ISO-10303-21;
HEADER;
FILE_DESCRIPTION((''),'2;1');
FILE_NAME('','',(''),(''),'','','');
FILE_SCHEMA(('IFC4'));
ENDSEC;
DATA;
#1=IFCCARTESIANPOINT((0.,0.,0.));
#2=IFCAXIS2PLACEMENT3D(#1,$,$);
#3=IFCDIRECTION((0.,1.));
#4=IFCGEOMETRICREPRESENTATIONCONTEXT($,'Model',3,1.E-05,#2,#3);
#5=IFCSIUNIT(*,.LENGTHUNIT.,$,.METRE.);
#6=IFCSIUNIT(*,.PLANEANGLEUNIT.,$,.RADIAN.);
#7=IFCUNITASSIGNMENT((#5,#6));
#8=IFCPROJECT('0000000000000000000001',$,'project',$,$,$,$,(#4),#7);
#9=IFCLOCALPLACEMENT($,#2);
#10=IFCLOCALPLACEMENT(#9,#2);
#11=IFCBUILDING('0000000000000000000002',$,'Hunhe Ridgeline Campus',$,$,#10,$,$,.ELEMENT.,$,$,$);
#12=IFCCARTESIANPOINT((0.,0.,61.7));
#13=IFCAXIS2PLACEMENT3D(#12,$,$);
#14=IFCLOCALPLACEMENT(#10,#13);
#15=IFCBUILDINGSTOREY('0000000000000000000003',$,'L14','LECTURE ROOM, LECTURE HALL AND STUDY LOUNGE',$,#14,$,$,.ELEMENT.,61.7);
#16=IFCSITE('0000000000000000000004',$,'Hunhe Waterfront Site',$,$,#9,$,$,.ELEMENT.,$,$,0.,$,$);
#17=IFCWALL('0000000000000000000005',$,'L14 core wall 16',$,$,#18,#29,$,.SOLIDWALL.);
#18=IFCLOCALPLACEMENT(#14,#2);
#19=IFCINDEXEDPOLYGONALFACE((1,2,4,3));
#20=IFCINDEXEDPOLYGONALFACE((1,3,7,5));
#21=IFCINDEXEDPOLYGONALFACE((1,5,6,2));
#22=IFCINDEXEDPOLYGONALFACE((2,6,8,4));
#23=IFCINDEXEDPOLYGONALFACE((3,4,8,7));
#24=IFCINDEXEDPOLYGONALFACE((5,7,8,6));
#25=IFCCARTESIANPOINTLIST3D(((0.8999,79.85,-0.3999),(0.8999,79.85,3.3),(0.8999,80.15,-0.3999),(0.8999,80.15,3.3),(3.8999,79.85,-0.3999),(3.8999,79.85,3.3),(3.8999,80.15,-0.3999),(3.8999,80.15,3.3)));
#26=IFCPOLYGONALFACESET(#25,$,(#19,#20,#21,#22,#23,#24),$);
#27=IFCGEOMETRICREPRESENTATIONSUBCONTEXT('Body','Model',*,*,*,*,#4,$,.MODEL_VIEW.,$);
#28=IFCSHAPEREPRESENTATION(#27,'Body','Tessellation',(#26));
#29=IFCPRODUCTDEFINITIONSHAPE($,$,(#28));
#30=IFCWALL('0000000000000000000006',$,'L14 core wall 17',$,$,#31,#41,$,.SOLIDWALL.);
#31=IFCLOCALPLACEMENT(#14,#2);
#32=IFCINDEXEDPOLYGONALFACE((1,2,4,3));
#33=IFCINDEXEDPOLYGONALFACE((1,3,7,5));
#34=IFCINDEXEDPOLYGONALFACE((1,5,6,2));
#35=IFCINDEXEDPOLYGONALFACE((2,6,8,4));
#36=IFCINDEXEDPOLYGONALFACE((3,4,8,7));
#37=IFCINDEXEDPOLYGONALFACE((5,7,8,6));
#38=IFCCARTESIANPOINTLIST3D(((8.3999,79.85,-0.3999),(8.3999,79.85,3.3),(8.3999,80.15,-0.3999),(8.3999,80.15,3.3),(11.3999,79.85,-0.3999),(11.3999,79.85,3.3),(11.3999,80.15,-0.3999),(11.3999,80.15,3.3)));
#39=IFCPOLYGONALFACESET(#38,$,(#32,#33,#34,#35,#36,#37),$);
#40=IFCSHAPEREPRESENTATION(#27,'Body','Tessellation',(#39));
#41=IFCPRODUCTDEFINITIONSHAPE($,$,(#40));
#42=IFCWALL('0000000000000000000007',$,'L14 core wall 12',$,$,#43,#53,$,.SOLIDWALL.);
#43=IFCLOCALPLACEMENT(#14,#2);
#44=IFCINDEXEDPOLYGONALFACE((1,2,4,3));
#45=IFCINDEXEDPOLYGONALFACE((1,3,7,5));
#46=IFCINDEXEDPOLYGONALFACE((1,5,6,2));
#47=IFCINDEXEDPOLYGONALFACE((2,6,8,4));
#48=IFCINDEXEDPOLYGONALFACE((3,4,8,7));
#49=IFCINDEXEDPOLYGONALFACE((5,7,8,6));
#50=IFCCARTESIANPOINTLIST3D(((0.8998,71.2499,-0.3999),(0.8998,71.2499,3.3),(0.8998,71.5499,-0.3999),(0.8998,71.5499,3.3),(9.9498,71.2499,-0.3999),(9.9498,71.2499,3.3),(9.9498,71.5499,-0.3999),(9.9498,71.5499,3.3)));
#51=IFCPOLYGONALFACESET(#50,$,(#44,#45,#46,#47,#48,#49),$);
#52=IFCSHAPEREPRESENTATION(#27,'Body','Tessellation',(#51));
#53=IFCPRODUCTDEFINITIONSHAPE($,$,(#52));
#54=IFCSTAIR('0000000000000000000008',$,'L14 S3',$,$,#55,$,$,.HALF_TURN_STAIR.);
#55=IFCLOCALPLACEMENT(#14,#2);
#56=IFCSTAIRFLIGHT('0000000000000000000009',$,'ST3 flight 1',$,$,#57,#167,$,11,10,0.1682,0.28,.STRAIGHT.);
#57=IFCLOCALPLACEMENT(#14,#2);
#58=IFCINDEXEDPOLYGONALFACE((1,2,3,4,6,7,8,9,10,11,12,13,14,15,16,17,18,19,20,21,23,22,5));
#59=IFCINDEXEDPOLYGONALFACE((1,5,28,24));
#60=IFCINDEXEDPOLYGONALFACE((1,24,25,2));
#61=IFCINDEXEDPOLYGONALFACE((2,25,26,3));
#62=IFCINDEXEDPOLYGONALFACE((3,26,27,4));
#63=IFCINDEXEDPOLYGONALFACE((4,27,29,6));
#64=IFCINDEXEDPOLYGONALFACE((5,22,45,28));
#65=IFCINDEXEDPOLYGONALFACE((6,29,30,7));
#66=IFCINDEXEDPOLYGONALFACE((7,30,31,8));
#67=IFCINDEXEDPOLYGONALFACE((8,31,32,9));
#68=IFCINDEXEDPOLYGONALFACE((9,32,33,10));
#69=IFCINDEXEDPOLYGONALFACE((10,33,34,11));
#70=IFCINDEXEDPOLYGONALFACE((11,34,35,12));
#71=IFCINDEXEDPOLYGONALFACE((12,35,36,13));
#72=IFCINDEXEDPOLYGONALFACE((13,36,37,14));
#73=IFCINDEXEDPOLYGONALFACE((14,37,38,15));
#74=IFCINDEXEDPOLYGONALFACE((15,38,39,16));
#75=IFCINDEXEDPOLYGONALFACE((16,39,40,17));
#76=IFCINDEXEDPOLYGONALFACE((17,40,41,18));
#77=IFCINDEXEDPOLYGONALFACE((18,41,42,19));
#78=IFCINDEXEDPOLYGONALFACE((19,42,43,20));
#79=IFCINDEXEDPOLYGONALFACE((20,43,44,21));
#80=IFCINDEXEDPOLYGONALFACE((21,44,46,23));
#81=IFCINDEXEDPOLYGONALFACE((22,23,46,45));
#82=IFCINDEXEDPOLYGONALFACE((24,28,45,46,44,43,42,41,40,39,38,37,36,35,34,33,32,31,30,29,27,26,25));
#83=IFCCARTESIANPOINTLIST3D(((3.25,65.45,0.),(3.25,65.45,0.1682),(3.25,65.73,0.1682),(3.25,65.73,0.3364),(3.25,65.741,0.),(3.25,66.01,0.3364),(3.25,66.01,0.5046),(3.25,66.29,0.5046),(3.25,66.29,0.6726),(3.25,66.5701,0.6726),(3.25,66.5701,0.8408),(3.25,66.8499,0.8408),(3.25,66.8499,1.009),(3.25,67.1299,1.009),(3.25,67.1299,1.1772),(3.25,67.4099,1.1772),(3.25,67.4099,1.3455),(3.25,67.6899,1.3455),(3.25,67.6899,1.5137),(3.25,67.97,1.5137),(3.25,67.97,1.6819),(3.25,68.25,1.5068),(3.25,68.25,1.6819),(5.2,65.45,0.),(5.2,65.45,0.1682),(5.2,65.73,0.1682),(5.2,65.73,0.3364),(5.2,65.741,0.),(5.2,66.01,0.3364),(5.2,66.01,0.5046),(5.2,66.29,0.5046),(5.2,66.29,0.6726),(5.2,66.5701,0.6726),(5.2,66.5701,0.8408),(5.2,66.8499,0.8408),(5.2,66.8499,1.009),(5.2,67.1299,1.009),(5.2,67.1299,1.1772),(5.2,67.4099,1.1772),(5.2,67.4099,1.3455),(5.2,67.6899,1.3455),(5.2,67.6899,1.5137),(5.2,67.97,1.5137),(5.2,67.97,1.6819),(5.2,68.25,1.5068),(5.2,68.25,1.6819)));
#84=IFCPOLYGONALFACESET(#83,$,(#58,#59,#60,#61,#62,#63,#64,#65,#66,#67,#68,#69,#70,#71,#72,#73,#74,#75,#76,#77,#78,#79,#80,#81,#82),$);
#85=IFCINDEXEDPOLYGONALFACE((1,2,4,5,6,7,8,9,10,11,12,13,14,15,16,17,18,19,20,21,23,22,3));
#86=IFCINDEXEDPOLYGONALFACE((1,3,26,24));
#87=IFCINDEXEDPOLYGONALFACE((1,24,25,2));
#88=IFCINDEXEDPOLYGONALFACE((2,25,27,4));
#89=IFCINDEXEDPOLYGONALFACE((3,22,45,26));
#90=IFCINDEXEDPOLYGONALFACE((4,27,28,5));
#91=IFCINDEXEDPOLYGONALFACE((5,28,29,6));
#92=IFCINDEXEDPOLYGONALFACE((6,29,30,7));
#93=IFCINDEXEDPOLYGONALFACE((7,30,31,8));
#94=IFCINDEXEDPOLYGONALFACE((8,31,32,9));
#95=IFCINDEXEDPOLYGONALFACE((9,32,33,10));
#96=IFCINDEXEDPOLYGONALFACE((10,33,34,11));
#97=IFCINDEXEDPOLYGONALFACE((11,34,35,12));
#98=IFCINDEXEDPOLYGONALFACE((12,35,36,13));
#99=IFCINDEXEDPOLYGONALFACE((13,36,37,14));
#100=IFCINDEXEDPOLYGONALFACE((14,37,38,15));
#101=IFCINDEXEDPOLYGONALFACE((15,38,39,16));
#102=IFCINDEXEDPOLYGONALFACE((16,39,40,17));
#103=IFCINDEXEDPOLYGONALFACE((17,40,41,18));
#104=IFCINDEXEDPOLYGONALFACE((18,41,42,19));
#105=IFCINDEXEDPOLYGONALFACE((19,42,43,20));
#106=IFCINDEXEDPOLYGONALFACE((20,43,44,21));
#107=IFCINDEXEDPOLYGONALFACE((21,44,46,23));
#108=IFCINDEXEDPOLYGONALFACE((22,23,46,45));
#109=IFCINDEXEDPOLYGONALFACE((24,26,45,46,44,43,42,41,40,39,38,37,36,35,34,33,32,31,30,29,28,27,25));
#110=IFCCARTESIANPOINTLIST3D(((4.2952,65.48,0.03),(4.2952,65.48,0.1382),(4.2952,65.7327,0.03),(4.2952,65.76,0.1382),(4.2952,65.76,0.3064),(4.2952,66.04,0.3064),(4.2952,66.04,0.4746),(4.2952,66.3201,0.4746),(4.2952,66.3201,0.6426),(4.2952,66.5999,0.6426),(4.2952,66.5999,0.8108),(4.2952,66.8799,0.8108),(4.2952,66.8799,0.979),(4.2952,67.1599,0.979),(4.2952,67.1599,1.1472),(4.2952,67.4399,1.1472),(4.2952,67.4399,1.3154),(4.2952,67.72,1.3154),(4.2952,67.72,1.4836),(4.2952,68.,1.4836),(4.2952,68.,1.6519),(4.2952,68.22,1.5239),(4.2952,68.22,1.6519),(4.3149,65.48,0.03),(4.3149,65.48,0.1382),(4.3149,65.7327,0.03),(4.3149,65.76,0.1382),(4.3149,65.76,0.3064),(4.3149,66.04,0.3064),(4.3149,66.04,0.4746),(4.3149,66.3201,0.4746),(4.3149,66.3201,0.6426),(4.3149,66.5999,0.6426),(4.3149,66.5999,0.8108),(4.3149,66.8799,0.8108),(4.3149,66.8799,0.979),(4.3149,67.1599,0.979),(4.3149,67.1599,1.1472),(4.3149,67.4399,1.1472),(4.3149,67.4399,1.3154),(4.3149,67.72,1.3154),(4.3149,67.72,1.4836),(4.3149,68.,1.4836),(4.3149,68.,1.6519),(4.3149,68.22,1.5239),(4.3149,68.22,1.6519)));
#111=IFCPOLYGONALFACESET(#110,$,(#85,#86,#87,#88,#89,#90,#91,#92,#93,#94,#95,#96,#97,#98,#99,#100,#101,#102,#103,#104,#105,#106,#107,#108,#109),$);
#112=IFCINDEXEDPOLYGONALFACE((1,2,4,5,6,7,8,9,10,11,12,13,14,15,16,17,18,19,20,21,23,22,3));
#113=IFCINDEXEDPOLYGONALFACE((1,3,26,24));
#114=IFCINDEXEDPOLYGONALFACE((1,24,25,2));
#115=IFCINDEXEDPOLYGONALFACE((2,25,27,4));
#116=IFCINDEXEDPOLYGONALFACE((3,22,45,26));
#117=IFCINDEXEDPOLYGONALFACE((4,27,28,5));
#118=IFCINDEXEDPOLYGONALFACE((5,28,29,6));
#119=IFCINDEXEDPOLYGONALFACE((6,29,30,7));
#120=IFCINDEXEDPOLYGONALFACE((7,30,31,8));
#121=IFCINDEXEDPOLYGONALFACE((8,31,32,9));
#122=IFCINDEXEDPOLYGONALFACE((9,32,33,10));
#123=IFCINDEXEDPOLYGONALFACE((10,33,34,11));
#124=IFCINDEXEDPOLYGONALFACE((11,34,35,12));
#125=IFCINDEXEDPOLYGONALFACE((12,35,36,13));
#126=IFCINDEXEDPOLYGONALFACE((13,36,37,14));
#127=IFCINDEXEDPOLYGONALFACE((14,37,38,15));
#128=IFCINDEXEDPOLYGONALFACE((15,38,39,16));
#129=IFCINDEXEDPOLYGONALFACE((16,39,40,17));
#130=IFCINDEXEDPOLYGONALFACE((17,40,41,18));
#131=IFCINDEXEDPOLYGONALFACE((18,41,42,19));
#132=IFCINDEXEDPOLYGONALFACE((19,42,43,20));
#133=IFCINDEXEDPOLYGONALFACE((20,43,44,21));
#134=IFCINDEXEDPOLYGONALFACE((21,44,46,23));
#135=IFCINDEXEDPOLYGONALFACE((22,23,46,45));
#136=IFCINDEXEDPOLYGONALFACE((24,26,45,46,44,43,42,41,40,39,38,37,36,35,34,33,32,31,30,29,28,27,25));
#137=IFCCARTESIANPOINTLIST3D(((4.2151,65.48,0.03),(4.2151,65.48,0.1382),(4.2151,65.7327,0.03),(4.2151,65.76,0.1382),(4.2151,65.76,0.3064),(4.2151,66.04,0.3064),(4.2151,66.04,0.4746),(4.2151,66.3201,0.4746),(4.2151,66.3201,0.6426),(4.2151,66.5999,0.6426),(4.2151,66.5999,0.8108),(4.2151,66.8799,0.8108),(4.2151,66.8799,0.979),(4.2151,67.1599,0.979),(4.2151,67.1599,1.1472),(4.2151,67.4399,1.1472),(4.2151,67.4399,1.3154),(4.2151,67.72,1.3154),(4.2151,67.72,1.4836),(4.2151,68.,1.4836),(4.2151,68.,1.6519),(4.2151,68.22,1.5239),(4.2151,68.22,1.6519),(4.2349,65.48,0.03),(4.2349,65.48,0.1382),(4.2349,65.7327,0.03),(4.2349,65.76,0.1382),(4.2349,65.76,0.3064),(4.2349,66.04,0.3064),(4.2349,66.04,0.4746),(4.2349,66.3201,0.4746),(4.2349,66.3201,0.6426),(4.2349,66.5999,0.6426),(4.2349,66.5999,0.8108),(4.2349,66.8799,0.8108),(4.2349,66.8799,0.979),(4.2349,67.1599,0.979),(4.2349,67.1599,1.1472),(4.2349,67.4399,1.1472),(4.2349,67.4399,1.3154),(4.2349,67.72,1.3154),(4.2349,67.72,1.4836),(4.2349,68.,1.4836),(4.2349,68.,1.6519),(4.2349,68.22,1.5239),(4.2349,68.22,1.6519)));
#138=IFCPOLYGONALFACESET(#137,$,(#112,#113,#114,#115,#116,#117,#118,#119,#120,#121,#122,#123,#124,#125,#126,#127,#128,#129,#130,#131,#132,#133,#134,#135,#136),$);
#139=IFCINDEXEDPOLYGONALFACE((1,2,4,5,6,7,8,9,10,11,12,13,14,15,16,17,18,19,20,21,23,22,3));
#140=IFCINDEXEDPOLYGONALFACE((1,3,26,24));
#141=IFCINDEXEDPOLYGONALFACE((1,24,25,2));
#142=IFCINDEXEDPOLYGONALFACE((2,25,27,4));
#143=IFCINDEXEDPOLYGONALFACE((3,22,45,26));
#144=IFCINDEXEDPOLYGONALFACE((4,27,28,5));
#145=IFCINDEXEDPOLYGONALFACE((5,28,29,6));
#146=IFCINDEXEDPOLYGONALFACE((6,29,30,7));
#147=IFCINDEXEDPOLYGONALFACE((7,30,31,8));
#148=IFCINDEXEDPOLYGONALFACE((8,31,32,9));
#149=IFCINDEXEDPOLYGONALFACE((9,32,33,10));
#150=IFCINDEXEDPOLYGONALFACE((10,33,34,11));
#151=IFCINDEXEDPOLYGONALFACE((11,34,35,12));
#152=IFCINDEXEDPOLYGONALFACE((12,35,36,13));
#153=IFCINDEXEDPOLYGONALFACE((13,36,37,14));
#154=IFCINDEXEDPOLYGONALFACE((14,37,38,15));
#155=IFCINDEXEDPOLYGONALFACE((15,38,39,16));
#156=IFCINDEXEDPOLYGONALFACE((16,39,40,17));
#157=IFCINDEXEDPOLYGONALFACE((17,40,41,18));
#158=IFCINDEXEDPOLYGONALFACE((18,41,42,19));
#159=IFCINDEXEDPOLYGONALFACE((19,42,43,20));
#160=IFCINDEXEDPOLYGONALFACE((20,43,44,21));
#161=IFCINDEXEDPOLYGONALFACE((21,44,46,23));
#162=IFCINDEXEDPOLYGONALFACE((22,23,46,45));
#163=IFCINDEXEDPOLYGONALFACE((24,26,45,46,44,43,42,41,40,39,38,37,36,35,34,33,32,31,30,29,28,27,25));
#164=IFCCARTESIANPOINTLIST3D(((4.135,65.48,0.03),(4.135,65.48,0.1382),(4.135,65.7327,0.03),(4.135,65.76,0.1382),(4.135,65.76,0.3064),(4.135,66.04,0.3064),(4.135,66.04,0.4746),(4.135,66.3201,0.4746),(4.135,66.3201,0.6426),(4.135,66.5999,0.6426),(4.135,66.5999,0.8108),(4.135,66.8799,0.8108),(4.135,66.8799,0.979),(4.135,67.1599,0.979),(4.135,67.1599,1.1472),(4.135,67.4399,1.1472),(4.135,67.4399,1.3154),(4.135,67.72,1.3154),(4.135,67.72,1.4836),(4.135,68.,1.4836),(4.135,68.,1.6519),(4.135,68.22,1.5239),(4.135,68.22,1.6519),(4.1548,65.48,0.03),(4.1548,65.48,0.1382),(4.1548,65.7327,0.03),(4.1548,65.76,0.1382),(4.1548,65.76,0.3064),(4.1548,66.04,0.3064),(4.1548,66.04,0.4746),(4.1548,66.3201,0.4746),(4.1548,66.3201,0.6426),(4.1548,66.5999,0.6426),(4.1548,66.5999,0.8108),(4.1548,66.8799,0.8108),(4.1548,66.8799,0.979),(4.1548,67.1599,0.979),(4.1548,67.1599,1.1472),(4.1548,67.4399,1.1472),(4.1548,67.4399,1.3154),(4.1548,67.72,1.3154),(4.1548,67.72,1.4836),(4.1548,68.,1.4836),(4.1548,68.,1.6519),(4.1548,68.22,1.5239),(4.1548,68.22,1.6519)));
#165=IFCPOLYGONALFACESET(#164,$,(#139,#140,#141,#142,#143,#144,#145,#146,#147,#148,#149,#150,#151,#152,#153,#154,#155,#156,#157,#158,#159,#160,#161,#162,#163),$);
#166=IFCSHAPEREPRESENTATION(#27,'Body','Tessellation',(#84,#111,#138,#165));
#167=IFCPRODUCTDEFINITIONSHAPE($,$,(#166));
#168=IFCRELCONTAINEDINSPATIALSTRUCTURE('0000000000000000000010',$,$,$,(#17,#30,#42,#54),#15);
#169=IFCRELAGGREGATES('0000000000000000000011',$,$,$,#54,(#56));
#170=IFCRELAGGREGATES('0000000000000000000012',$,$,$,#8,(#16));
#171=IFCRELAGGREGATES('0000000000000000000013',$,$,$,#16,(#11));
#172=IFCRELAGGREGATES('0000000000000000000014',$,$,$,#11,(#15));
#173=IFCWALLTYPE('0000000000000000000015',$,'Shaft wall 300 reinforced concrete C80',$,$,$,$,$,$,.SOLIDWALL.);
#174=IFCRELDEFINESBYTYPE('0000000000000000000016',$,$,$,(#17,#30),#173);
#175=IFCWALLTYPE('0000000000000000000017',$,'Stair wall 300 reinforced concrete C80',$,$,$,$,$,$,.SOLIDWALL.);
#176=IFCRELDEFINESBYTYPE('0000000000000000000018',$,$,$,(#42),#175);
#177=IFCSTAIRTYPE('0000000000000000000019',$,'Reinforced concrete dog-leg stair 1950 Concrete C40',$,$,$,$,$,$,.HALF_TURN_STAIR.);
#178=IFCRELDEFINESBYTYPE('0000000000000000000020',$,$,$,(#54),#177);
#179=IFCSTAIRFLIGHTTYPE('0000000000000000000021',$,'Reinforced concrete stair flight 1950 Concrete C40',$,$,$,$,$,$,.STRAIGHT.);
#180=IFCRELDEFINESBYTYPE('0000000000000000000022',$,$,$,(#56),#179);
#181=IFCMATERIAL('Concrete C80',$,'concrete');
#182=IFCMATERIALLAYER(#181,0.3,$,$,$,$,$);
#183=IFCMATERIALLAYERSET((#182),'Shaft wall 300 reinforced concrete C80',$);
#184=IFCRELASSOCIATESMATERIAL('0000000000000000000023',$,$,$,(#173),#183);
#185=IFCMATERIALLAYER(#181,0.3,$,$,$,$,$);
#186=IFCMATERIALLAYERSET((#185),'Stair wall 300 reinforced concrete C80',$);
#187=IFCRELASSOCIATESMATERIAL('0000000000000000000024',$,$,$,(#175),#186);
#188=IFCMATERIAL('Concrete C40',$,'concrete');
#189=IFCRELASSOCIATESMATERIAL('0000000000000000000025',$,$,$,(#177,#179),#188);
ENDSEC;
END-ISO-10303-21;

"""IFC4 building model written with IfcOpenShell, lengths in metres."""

from ifc_helpers import new_model, si_unit, direction, frame, frame_2d, origin, place, context, subcontext, project, spatial, polyline, rectangle, outline, extrude, material, layer, layer_set, type_object, element, aggregate, save


model = new_model("IFC4")

# Units and contexts
model_context = context("Model", 3, precision=1e-05, world=origin(), true_north=direction((0.0, 1.0)))
body_context = subcontext(model_context, "Body", "Model", "MODEL_VIEW")
ifc_project = project(units=[si_unit("LENGTHUNIT", "METRE"), si_unit("PLANEANGLEUNIT", "RADIAN")], contexts=[model_context])

# Site, building, storey
site_placement = place(None, origin())
site = spatial("IfcSite", under=ifc_project, at=site_placement, Name="Hunhe Waterfront Site", CompositionType="ELEMENT", RefElevation=0.0)
building_placement = place(site_placement, origin())
building = spatial("IfcBuilding", under=site, at=building_placement, Name="Hunhe Ridgeline Campus", CompositionType="ELEMENT")
storey_placement = place(building_placement, frame((0.0, 0.0, 61.7)))
storey = spatial("IfcBuildingStorey", under=building, at=storey_placement, Name="L14", Description="LECTURE ROOM, LECTURE HALL AND STUDY LOUNGE", CompositionType="ELEMENT", Elevation=61.7)

# Shared definitions
ifc_material_1 = material(Name="Concrete C80", Category="concrete")
ifc_layer_1 = layer(ifc_material_1, 0.3)
ifc_layer_set_1 = layer_set([ifc_layer_1], Name="Shaft wall 300 reinforced concrete C80")
wall_type_1 = type_object("IfcWallType", Name="Shaft wall 300 reinforced concrete C80", PredefinedType="SOLIDWALL", material=ifc_layer_set_1)

# Walls
for number, where, z_axis, x_axis, name in (
    (1, (0.8999, 80.0, -0.3999), (0.0, 0.0, 1.0), (1.0, 0.0, 0.0), "L14 core wall 16"),
    (2, (8.3999, 80.0, -0.3999), (0.0, 0.0, 1.0), (1.0, 0.0, 0.0), "L14 core wall 17"),
):
    element("IfcWall", number, at=place(storey_placement, frame(where, z_axis=z_axis, x_axis=x_axis)), inside=storey, type_object=wall_type_1, Name=name, PredefinedType="SOLIDWALL", context=body_context, shape_type="SweptSolid", body=[
        extrude(rectangle(XDim=3.0, YDim=0.3, at=frame_2d((1.5, 0.0))), origin(), (0.0, 0.0, 1.0), 3.7),
    ])

# Wall
ifc_layer_2 = layer(ifc_material_1, 0.3)
ifc_layer_set_2 = layer_set([ifc_layer_2], Name="Stair wall 300 reinforced concrete C80")
wall_type_2 = type_object("IfcWallType", Name="Stair wall 300 reinforced concrete C80", PredefinedType="SOLIDWALL", material=ifc_layer_set_2)
wall_1_placement = place(storey_placement, frame((0.8999, 71.3999, -0.3999), z_axis=(0.0, 0.0, 1.0), x_axis=(1.0, 0.0, 0.0)))
element("IfcWall", 3, at=wall_1_placement, inside=storey, type_object=wall_type_2, Name="L14 core wall 12", PredefinedType="SOLIDWALL", context=body_context, shape_type="SweptSolid", body=[
    extrude(rectangle(XDim=9.05, YDim=0.3, at=frame_2d((4.5249, 0.0))), origin(), (0.0, 0.0, 1.0), 3.7),
])

# Stair, stair flight
ifc_material_2 = material(Name="Concrete C40", Category="concrete")
stair_type = type_object("IfcStairType", Name="Reinforced concrete dog-leg stair 1950 Concrete C40", PredefinedType="HALF_TURN_STAIR", material=ifc_material_2)
stair_1_placement = place(storey_placement, origin())
stair_1 = element("IfcStair", 4, at=stair_1_placement, inside=storey, type_object=stair_type, Name="L14 S3", PredefinedType="HALF_TURN_STAIR")
stair_flight_type = type_object("IfcStairFlightType", Name="Reinforced concrete stair flight 1950 Concrete C40", PredefinedType="STRAIGHT", material=ifc_material_2)
stair_flight_1_placement = place(storey_placement, frame((4.2251, 65.45, 0.0), z_axis=(0.0, 0.0, 1.0), x_axis=(0.0, 1.0, 0.0)))
stair_flight_1 = element("IfcStairFlight", 5, at=stair_flight_1_placement, type_object=stair_flight_type, Name="ST3 flight 1", NumberOfRisers=11, NumberOfTreads=10, PredefinedType="STRAIGHT", RiserHeight=0.1682, TreadLength=0.28, context=body_context, shape_type="SweptSolid", body=[
    extrude(outline(polyline([(0.0, 0.0), (0.0, 0.1682), (0.28, 0.1682), (0.28, 0.3364), (0.5601, 0.3364), (0.5601, 0.5046), (0.8401, 0.5046), (0.8401, 0.6726), (1.1201, 0.6726), (1.1201, 0.8408), (1.3999, 0.8408), (1.3999, 1.009), (1.6799, 1.009), (1.6799, 1.1772), (1.96, 1.1772), (1.96, 1.3455), (2.24, 1.3455), (2.24, 1.5137), (2.52, 1.5137), (2.52, 1.6819), (2.8, 1.6819), (2.8, 1.8501), (2.8, 1.5068), (0.291, 0.0), (0.0, 0.0)])), frame((0.0, 0.9751, 0.0), z_axis=(0.0, -1.0, 0.0), x_axis=(1.0, 0.0, 0.0)), (0.0, 0.0, 1.0), 1.95),
    extrude(outline(polyline([(0.03, 0.03), (0.03, 0.1382), (0.3101, 0.1382), (0.3101, 0.3064), (0.5901, 0.3064), (0.5901, 0.4746), (0.8701, 0.4746), (0.8701, 0.6426), (1.1499, 0.6426), (1.1499, 0.8108), (1.4299, 0.8108), (1.4299, 0.979), (1.71, 0.979), (1.71, 1.1472), (1.99, 1.1472), (1.99, 1.3154), (2.27, 1.3154), (2.27, 1.4836), (2.55, 1.4836), (2.55, 1.6519), (2.77, 1.6519), (2.77, 1.5239), (0.2827, 0.03), (0.03, 0.03)])), frame((0.0, -0.0701, 0.0), z_axis=(0.0, -1.0, 0.0), x_axis=(1.0, 0.0, 0.0)), (0.0, 0.0, 1.0), 0.0198),
    extrude(outline(polyline([(0.03, 0.03), (0.03, 0.1382), (0.3101, 0.1382), (0.3101, 0.3064), (0.5901, 0.3064), (0.5901, 0.4746), (0.8701, 0.4746), (0.8701, 0.6426), (1.1499, 0.6426), (1.1499, 0.8108), (1.4299, 0.8108), (1.4299, 0.979), (1.71, 0.979), (1.71, 1.1472), (1.99, 1.1472), (1.99, 1.3154), (2.27, 1.3154), (2.27, 1.4836), (2.55, 1.4836), (2.55, 1.6519), (2.77, 1.6519), (2.77, 1.5239), (0.2827, 0.03), (0.03, 0.03)])), frame((0.0, 0.01, 0.0), z_axis=(0.0, -1.0, 0.0), x_axis=(1.0, 0.0, 0.0)), (0.0, 0.0, 1.0), 0.0198),
    extrude(outline(polyline([(0.03, 0.03), (0.03, 0.1382), (0.3101, 0.1382), (0.3101, 0.3064), (0.5901, 0.3064), (0.5901, 0.4746), (0.8701, 0.4746), (0.8701, 0.6426), (1.1499, 0.6426), (1.1499, 0.8108), (1.4299, 0.8108), (1.4299, 0.979), (1.71, 0.979), (1.71, 1.1472), (1.99, 1.1472), (1.99, 1.3154), (2.27, 1.3154), (2.27, 1.4836), (2.55, 1.4836), (2.55, 1.6519), (2.77, 1.6519), (2.77, 1.5239), (0.2827, 0.03), (0.03, 0.03)])), frame((0.0, 0.0901, 0.0), z_axis=(0.0, -1.0, 0.0), x_axis=(1.0, 0.0, 0.0)), (0.0, 0.0, 1.0), 0.0198),
])
aggregate(stair_1, [stair_flight_1])

save(model, "model.ifc")
